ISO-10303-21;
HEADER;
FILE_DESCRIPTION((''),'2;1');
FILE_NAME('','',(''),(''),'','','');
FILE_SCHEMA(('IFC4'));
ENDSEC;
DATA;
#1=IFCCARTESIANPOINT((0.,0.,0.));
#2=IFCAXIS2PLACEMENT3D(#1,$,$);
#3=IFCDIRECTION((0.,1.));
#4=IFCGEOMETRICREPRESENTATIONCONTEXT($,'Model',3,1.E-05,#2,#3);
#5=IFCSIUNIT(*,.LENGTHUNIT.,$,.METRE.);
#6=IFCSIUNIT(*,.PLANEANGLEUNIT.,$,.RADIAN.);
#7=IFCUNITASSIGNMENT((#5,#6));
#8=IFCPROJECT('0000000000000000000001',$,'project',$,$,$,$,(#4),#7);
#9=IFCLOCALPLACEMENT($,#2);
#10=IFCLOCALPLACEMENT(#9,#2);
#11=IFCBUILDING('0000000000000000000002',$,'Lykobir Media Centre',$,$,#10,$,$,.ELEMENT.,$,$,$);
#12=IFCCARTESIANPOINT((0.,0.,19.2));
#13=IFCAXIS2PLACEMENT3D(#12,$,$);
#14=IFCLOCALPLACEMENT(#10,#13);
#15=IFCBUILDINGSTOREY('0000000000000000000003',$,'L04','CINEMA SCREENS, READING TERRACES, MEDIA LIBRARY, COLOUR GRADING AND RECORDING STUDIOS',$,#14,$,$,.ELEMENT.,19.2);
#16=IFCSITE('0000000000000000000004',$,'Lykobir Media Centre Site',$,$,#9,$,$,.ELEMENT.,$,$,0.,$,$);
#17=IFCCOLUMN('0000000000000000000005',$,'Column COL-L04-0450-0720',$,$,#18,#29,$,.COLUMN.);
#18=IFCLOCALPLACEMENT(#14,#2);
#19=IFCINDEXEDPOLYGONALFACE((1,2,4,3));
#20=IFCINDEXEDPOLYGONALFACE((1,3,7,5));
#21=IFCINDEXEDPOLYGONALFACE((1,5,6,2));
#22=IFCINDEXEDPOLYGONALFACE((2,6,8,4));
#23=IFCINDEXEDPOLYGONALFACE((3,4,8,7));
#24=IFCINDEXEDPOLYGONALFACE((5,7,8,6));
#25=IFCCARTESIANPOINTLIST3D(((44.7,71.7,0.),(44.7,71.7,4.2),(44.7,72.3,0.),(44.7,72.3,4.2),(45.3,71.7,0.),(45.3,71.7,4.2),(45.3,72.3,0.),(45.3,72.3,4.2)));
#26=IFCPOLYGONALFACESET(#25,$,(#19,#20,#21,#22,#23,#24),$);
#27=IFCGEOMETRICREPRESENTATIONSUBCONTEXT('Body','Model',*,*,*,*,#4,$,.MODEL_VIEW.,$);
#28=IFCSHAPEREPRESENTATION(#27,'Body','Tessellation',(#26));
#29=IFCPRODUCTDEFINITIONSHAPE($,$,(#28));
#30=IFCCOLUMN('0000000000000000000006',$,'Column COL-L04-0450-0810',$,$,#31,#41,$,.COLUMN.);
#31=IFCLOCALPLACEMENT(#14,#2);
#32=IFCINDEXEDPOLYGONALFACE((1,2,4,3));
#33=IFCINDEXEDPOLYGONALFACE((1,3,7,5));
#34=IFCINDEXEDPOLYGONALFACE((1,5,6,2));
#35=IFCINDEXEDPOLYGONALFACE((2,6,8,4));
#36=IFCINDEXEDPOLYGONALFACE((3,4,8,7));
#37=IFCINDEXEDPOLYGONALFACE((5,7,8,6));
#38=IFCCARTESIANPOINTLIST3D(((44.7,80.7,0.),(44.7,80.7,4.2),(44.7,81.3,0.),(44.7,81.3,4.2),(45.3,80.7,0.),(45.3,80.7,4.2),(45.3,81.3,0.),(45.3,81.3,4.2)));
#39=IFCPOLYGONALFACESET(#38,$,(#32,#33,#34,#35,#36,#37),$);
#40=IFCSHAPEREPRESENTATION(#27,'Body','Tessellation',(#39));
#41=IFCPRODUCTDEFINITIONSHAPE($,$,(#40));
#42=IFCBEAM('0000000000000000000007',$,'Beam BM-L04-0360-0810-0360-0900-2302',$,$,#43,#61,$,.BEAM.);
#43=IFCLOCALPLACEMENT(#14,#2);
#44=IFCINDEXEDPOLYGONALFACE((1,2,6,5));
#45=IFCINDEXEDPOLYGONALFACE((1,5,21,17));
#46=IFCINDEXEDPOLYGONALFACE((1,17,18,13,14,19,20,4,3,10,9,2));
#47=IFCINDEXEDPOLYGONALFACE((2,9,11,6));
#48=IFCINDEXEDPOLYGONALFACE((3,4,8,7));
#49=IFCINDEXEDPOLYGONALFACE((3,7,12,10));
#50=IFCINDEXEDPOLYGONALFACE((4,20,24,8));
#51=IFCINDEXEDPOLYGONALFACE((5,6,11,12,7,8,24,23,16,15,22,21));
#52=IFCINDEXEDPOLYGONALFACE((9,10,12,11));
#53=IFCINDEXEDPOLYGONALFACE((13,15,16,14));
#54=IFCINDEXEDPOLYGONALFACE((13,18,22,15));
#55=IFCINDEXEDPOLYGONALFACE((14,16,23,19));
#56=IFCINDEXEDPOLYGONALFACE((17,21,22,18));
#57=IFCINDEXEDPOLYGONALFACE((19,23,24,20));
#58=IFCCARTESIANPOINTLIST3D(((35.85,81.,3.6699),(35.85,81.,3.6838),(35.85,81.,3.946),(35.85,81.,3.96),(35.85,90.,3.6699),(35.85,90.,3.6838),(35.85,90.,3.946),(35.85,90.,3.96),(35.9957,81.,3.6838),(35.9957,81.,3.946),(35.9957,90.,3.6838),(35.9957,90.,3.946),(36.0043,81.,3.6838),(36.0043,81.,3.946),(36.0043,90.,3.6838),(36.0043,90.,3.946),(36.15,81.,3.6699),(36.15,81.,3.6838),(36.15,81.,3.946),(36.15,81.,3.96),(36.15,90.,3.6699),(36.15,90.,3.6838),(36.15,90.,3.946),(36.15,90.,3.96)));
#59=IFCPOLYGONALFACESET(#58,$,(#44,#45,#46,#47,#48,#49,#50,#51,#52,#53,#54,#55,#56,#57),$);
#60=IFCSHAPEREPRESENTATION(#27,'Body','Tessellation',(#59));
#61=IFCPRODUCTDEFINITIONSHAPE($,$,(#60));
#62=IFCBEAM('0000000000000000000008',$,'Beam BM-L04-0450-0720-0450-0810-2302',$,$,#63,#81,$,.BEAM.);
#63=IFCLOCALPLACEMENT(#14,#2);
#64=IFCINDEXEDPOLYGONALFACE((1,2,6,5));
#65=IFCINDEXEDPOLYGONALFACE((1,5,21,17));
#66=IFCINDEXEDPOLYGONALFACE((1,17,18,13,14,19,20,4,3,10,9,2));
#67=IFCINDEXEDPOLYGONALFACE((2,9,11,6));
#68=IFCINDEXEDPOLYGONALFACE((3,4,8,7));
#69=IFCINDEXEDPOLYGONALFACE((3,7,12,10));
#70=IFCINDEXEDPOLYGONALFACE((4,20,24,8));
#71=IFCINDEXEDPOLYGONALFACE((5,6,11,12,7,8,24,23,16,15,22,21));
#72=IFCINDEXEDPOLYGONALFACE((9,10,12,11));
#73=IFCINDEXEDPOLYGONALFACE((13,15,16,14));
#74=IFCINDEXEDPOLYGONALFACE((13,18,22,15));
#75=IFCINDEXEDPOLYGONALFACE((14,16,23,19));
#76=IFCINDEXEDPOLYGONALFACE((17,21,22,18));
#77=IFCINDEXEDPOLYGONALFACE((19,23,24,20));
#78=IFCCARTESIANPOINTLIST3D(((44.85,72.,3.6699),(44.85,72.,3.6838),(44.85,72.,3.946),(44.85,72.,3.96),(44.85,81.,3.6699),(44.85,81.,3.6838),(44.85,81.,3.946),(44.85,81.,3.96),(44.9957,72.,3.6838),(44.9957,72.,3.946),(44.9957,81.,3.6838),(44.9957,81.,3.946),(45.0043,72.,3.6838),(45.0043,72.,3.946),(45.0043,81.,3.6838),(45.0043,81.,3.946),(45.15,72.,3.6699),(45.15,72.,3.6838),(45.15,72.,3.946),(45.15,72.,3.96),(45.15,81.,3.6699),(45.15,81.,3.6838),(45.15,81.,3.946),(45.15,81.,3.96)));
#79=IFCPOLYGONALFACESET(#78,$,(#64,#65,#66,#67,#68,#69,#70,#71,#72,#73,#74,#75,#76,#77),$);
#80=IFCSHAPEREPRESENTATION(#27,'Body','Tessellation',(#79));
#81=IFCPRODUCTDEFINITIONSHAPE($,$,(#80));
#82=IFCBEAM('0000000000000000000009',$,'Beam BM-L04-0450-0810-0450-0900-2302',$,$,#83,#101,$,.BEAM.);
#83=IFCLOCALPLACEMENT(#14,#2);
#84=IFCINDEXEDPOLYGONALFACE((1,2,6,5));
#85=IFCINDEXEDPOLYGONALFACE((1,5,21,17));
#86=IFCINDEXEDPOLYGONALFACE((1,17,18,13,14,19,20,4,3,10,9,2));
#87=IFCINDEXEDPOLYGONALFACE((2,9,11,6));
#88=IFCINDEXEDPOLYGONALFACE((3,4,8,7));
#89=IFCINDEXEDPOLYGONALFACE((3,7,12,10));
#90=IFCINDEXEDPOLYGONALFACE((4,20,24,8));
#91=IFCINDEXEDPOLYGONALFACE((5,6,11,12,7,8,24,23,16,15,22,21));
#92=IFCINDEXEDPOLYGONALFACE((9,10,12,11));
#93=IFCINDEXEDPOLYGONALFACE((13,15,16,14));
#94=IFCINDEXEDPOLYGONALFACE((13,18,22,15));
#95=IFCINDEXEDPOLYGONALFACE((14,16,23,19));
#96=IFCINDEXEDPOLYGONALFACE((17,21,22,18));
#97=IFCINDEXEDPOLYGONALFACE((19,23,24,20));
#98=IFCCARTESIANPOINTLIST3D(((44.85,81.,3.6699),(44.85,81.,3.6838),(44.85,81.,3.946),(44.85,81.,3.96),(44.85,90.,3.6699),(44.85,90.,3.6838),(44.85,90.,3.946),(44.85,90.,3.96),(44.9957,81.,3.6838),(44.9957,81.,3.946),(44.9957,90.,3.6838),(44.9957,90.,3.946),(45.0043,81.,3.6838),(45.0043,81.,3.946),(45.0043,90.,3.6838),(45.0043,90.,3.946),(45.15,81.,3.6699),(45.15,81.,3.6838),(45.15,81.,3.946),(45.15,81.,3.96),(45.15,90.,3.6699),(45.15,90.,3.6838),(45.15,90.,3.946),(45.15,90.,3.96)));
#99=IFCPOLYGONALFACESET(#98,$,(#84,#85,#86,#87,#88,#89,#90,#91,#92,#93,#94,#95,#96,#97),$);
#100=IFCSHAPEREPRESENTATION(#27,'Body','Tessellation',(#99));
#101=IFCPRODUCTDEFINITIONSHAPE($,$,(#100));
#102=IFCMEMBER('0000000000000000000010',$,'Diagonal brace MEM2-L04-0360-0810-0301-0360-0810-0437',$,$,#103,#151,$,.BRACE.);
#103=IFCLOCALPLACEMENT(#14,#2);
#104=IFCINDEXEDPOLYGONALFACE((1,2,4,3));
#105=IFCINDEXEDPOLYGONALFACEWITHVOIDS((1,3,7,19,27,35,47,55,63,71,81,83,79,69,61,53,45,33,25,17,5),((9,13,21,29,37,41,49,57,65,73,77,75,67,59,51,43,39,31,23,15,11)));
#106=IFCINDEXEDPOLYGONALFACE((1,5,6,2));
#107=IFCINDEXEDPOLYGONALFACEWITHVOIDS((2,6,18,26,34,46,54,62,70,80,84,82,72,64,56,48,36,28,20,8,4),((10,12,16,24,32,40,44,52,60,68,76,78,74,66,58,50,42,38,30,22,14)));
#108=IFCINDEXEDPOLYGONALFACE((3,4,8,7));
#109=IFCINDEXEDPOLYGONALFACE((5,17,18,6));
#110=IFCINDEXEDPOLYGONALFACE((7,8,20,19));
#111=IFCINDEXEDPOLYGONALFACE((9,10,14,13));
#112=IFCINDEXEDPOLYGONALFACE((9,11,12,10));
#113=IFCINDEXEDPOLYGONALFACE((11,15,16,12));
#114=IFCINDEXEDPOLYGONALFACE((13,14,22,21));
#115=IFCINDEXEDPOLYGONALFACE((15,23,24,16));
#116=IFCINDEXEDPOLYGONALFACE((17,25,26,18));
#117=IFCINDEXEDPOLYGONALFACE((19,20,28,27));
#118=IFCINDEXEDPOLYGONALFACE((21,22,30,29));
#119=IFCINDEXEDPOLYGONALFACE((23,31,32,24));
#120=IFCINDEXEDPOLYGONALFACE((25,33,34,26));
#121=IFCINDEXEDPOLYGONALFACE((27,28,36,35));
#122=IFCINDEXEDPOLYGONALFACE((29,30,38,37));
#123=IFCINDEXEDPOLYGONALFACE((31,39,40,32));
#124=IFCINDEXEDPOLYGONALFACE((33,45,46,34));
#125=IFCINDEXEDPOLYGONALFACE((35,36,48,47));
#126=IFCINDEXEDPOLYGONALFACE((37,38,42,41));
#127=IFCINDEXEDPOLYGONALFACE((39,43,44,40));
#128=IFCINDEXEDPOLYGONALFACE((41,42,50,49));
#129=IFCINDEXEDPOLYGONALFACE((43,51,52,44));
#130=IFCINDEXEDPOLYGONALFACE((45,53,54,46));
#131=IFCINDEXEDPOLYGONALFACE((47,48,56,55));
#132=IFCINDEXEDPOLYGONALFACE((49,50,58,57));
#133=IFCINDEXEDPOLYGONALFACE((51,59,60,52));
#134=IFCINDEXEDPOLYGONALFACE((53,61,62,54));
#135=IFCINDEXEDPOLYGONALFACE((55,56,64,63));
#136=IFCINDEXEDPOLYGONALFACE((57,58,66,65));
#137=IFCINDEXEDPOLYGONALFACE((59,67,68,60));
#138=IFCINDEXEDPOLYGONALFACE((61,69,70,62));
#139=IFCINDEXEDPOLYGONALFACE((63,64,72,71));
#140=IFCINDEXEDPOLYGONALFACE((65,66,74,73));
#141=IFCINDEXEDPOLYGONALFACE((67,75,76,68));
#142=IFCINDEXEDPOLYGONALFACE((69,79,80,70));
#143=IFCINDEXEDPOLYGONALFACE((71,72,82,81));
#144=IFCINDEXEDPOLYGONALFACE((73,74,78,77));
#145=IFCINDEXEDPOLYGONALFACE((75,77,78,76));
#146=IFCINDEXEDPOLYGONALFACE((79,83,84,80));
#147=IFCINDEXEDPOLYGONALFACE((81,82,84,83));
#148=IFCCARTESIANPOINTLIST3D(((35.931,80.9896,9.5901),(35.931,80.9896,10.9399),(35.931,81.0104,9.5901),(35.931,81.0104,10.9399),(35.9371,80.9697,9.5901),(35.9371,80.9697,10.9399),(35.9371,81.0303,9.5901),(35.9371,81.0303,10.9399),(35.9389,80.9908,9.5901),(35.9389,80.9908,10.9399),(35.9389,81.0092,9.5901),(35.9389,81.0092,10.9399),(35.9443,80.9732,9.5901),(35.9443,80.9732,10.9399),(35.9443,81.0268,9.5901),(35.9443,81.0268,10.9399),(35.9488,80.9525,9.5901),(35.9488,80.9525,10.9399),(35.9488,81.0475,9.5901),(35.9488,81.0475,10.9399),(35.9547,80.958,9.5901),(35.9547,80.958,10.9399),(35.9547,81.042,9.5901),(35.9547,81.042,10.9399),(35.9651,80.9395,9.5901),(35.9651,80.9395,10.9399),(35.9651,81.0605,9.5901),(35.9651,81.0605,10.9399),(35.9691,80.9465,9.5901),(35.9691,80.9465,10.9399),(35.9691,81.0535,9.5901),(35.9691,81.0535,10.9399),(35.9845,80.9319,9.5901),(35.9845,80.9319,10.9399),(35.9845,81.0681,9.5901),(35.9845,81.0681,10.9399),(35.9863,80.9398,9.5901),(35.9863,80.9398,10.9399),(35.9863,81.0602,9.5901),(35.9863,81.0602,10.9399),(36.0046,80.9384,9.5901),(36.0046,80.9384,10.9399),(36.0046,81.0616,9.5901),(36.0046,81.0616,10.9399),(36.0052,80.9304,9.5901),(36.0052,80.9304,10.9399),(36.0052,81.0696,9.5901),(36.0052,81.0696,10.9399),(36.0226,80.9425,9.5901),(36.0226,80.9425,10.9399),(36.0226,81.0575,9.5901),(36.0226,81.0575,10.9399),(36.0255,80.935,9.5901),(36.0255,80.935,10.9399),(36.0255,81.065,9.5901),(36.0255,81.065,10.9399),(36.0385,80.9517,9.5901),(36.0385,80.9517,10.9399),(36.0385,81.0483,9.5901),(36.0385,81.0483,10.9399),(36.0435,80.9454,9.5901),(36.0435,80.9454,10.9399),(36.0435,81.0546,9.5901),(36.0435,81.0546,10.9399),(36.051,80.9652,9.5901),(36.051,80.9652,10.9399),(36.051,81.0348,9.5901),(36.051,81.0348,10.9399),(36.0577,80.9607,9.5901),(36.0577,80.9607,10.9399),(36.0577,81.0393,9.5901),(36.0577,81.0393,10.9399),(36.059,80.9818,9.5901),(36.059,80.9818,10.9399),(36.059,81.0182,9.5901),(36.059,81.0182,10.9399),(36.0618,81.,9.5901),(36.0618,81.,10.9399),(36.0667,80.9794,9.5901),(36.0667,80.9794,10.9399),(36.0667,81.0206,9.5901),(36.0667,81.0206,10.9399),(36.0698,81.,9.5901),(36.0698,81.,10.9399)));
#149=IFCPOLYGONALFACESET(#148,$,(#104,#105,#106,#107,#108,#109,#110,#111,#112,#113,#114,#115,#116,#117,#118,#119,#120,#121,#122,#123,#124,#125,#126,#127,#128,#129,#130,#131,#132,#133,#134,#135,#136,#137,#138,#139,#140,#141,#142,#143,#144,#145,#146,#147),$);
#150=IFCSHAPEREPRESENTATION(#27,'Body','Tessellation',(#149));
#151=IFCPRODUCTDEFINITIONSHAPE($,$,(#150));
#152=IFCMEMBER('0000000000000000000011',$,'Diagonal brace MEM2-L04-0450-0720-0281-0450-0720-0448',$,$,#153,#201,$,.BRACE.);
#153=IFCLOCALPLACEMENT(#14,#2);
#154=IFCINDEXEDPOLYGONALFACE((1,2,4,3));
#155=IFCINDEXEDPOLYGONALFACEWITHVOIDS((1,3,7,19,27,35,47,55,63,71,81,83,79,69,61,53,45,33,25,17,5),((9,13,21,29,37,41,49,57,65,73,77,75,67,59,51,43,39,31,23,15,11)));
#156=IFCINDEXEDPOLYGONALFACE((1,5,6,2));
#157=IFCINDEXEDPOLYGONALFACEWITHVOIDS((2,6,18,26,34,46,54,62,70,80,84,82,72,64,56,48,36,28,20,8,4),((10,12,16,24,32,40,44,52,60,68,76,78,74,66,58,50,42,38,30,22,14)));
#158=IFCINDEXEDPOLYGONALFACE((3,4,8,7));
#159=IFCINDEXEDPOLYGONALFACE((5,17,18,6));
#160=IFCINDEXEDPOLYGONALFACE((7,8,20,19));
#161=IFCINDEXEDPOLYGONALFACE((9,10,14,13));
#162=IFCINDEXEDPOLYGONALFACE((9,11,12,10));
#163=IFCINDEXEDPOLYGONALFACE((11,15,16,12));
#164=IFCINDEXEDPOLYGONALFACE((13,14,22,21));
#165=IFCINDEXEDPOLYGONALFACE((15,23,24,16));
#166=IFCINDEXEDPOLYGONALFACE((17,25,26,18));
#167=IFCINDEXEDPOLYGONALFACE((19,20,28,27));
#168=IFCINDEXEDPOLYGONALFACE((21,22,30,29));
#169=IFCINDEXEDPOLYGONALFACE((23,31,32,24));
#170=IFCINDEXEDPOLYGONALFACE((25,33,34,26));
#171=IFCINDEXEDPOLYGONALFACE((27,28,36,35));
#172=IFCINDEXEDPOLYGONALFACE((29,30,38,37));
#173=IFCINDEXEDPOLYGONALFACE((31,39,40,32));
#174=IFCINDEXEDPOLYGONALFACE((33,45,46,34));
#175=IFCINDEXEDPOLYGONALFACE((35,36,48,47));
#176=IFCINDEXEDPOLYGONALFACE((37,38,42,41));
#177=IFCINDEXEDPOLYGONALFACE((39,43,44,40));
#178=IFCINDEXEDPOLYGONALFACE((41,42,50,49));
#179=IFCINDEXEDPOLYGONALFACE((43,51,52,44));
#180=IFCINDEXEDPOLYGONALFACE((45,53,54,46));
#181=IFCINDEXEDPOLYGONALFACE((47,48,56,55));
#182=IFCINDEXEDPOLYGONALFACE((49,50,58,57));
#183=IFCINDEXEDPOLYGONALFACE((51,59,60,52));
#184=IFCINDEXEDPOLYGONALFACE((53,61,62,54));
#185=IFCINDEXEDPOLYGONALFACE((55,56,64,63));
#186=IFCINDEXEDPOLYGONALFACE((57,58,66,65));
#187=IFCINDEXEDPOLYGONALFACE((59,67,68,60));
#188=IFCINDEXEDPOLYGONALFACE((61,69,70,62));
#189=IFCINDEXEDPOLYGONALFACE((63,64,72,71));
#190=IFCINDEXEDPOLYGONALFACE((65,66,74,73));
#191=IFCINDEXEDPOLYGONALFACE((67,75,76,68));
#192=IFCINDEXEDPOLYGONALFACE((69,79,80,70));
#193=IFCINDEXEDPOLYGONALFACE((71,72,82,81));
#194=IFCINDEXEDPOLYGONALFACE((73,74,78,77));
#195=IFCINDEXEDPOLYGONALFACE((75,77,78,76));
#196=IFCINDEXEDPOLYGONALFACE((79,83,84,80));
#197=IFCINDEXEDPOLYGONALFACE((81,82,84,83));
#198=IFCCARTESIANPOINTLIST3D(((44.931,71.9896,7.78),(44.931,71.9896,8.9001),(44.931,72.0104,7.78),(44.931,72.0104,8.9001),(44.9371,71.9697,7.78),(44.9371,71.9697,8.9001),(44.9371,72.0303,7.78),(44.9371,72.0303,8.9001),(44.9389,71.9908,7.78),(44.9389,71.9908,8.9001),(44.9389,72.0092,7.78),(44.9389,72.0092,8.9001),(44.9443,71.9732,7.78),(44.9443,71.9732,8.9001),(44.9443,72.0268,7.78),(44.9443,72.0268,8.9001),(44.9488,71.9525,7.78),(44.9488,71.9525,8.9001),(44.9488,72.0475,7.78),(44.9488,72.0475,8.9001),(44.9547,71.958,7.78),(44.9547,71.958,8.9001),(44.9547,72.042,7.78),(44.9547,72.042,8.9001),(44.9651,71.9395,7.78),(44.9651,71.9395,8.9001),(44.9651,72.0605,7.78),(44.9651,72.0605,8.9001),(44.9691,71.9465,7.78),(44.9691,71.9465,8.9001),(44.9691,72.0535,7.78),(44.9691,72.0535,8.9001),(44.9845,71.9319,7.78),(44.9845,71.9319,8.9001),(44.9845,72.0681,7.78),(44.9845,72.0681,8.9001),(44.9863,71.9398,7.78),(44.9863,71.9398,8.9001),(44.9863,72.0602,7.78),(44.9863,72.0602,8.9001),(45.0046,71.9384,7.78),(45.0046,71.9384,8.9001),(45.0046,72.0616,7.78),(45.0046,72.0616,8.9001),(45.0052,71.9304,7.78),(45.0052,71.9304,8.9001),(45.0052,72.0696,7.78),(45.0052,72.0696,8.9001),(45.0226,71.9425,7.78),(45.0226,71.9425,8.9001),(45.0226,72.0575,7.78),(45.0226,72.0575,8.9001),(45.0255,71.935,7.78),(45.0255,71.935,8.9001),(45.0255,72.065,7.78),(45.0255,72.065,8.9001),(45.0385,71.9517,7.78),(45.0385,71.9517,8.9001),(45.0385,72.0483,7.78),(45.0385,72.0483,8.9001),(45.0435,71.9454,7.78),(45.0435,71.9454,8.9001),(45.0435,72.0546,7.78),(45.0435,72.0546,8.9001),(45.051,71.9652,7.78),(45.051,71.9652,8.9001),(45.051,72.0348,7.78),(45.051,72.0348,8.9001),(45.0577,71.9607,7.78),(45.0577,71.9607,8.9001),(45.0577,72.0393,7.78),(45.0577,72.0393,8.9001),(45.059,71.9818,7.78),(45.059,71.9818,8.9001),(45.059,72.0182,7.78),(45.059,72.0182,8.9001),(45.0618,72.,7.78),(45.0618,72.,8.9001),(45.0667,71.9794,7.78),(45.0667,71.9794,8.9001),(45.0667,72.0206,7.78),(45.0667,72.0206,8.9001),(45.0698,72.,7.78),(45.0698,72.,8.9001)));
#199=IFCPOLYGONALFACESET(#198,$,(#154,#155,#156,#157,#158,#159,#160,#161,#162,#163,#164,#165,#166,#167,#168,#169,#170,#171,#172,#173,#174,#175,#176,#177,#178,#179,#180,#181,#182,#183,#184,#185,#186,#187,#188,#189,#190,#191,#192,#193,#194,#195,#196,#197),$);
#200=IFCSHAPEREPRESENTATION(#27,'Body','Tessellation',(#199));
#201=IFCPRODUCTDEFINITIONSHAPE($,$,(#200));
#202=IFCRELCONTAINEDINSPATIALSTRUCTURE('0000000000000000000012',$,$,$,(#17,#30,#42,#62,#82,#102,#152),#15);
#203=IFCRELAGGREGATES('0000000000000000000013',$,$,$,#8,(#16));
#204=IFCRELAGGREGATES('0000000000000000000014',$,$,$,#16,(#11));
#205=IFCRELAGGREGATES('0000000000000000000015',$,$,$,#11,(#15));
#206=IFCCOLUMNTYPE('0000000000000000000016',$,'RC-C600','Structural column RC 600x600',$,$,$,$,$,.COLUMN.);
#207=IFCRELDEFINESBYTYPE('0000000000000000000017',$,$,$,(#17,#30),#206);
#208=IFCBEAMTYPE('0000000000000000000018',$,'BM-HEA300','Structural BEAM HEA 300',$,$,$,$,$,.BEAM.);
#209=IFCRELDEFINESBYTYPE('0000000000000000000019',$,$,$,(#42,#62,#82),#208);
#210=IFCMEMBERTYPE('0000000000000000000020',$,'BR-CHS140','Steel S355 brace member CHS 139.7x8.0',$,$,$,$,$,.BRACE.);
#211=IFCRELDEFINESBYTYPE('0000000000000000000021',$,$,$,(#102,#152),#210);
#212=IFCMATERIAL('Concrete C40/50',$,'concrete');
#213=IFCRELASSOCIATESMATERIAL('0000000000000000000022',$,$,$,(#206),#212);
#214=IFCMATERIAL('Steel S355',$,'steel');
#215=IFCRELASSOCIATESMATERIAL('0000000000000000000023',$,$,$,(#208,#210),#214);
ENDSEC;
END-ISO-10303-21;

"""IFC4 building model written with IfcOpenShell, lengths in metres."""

from ifc_helpers import new_model, si_unit, direction, frame, origin, origin_2d, place, context, subcontext, project, spatial, rectangle, hollow_circle, i_section, extrude, material, material_profile, profile_set, type_object, element, save


model = new_model("IFC4")

# Units and contexts
model_context = context("Model", 3, precision=1e-05, world=origin(), true_north=direction((0.0, 1.0)))
body_context = subcontext(model_context, "Body", "Model", "MODEL_VIEW")
ifc_project = project(units=[si_unit("LENGTHUNIT", "METRE"), si_unit("PLANEANGLEUNIT", "RADIAN")], contexts=[model_context])

# Site, building, storey
site_placement = place(None, origin())
site = spatial("IfcSite", under=ifc_project, at=site_placement, Name="Lykobir Media Centre Site", CompositionType="ELEMENT", RefElevation=0.0)
building_placement = place(site_placement, origin())
building = spatial("IfcBuilding", under=site, at=building_placement, Name="Lykobir Media Centre", CompositionType="ELEMENT")
storey_placement = place(building_placement, frame((0.0, 0.0, 19.2)))
storey = spatial("IfcBuildingStorey", under=building, at=storey_placement, Name="L04", Description="CINEMA SCREENS, READING TERRACES, MEDIA LIBRARY, COLOUR GRADING AND RECORDING STUDIOS", CompositionType="ELEMENT", Elevation=19.2)

# Columns
ifc_material_1 = material(Name="Concrete C40/50", Category="concrete")
ifc_material_profile_1 = material_profile(ifc_material_1, rectangle(XDim=0.6001, YDim=0.6001, at=origin_2d()), Name="RC 600x600")
ifc_profile_set_1 = profile_set([ifc_material_profile_1], Name="Concrete C40/50")
column_type = type_object("IfcColumnType", Name="RC-C600", Description="Structural column RC 600x600", PredefinedType="COLUMN", material=ifc_profile_set_1)
for number, where, z_axis, x_axis, name in (
    (1, (45.0, 72.0, 0.0), (0.0, 0.0, 1.0), (1.0, 0.0, 0.0), "Column COL-L04-0450-0720"),
    (2, (45.0, 81.0, 0.0), (0.0, 0.0, 1.0), (1.0, 0.0, 0.0), "Column COL-L04-0450-0810"),
):
    element("IfcColumn", number, at=place(storey_placement, frame(where, z_axis=z_axis, x_axis=x_axis)), inside=storey, type_object=column_type, Name=name, PredefinedType="COLUMN", context=body_context, shape_type="SweptSolid", body=[
        extrude(rectangle(XDim=0.6001, YDim=0.6001, at=origin_2d()), origin(), (0.0, 0.0, 1.0), 4.2),
    ])

# Beams
ifc_material_2 = material(Name="Steel S355", Category="steel")
ifc_material_profile_2 = material_profile(ifc_material_2, i_section(OverallWidth=0.3, OverallDepth=0.29, WebThickness=0.0085, FlangeThickness=0.0139, at=origin_2d()), Name="HEA 300")
ifc_profile_set_2 = profile_set([ifc_material_profile_2], Name="Steel S355")
beam_type_1 = type_object("IfcBeamType", Name="BM-HEA300", Description="Structural BEAM HEA 300", PredefinedType="BEAM", material=ifc_profile_set_2)
for number, where, z_axis, x_axis, name in (
    (3, (36.0, 81.0, 3.8149), (0.0, 1.0, 0.0), (-1.0, 0.0, 0.0), "Beam BM-L04-0360-0810-0360-0900-2302"),
    (4, (45.0, 72.0, 3.8149), (0.0, 1.0, 0.0), (-1.0, 0.0, 0.0), "Beam BM-L04-0450-0720-0450-0810-2302"),
    (5, (45.0, 81.0, 3.8149), (0.0, 1.0, 0.0), (-1.0, 0.0, 0.0), "Beam BM-L04-0450-0810-0450-0900-2302"),
):
    element("IfcBeam", number, at=place(storey_placement, frame(where, z_axis=z_axis, x_axis=x_axis)), inside=storey, type_object=beam_type_1, Name=name, PredefinedType="BEAM", context=body_context, shape_type="SweptSolid", body=[
        extrude(i_section(OverallWidth=0.3, OverallDepth=0.29, WebThickness=0.0085, FlangeThickness=0.0139, at=origin_2d()), origin(), (0.0, 0.0, 1.0), 9.0),
    ])

# Members
ifc_material_profile_3 = material_profile(ifc_material_2, hollow_circle(Radius=0.0698, WallThickness=0.0081, at=origin_2d()), Name="CHS 139.7x8.0")
ifc_profile_set_3 = profile_set([ifc_material_profile_3], Name="Steel S355")
member_type_1 = type_object("IfcMemberType", Name="BR-CHS140", Description="Steel S355 brace member CHS 139.7x8.0", PredefinedType="BRACE", material=ifc_profile_set_3)
member_1_placement = place(storey_placement, frame((36.0, 81.0, 10.9399), z_axis=(0.0, 0.0, -1.0), x_axis=(1.0, 0.0, 0.0)))
element("IfcMember", 6, at=member_1_placement, inside=storey, type_object=member_type_1, Name="Diagonal brace MEM2-L04-0360-0810-0301-0360-0810-0437", PredefinedType="BRACE", context=body_context, shape_type="SweptSolid", body=[
    extrude(hollow_circle(Radius=0.0698, WallThickness=0.0081, at=origin_2d()), origin(), (0.0, 0.0, 1.0), 1.3499),
])
for number, where, z_axis, x_axis, name in (
    (7, (45.0, 72.0, 8.9001), (0.0, 0.0, -1.0), (1.0, 0.0, 0.0), "Diagonal brace MEM2-L04-0450-0720-0281-0450-0720-0448"),
):
    element("IfcMember", number, at=place(storey_placement, frame(where, z_axis=z_axis, x_axis=x_axis)), inside=storey, type_object=member_type_1, Name=name, PredefinedType="BRACE", context=body_context, shape_type="SweptSolid", body=[
        extrude(hollow_circle(Radius=0.0698, WallThickness=0.0081, at=origin_2d()), origin(), (0.0, 0.0, 1.0), 1.1201),
    ])

save(model, "model.ifc")
